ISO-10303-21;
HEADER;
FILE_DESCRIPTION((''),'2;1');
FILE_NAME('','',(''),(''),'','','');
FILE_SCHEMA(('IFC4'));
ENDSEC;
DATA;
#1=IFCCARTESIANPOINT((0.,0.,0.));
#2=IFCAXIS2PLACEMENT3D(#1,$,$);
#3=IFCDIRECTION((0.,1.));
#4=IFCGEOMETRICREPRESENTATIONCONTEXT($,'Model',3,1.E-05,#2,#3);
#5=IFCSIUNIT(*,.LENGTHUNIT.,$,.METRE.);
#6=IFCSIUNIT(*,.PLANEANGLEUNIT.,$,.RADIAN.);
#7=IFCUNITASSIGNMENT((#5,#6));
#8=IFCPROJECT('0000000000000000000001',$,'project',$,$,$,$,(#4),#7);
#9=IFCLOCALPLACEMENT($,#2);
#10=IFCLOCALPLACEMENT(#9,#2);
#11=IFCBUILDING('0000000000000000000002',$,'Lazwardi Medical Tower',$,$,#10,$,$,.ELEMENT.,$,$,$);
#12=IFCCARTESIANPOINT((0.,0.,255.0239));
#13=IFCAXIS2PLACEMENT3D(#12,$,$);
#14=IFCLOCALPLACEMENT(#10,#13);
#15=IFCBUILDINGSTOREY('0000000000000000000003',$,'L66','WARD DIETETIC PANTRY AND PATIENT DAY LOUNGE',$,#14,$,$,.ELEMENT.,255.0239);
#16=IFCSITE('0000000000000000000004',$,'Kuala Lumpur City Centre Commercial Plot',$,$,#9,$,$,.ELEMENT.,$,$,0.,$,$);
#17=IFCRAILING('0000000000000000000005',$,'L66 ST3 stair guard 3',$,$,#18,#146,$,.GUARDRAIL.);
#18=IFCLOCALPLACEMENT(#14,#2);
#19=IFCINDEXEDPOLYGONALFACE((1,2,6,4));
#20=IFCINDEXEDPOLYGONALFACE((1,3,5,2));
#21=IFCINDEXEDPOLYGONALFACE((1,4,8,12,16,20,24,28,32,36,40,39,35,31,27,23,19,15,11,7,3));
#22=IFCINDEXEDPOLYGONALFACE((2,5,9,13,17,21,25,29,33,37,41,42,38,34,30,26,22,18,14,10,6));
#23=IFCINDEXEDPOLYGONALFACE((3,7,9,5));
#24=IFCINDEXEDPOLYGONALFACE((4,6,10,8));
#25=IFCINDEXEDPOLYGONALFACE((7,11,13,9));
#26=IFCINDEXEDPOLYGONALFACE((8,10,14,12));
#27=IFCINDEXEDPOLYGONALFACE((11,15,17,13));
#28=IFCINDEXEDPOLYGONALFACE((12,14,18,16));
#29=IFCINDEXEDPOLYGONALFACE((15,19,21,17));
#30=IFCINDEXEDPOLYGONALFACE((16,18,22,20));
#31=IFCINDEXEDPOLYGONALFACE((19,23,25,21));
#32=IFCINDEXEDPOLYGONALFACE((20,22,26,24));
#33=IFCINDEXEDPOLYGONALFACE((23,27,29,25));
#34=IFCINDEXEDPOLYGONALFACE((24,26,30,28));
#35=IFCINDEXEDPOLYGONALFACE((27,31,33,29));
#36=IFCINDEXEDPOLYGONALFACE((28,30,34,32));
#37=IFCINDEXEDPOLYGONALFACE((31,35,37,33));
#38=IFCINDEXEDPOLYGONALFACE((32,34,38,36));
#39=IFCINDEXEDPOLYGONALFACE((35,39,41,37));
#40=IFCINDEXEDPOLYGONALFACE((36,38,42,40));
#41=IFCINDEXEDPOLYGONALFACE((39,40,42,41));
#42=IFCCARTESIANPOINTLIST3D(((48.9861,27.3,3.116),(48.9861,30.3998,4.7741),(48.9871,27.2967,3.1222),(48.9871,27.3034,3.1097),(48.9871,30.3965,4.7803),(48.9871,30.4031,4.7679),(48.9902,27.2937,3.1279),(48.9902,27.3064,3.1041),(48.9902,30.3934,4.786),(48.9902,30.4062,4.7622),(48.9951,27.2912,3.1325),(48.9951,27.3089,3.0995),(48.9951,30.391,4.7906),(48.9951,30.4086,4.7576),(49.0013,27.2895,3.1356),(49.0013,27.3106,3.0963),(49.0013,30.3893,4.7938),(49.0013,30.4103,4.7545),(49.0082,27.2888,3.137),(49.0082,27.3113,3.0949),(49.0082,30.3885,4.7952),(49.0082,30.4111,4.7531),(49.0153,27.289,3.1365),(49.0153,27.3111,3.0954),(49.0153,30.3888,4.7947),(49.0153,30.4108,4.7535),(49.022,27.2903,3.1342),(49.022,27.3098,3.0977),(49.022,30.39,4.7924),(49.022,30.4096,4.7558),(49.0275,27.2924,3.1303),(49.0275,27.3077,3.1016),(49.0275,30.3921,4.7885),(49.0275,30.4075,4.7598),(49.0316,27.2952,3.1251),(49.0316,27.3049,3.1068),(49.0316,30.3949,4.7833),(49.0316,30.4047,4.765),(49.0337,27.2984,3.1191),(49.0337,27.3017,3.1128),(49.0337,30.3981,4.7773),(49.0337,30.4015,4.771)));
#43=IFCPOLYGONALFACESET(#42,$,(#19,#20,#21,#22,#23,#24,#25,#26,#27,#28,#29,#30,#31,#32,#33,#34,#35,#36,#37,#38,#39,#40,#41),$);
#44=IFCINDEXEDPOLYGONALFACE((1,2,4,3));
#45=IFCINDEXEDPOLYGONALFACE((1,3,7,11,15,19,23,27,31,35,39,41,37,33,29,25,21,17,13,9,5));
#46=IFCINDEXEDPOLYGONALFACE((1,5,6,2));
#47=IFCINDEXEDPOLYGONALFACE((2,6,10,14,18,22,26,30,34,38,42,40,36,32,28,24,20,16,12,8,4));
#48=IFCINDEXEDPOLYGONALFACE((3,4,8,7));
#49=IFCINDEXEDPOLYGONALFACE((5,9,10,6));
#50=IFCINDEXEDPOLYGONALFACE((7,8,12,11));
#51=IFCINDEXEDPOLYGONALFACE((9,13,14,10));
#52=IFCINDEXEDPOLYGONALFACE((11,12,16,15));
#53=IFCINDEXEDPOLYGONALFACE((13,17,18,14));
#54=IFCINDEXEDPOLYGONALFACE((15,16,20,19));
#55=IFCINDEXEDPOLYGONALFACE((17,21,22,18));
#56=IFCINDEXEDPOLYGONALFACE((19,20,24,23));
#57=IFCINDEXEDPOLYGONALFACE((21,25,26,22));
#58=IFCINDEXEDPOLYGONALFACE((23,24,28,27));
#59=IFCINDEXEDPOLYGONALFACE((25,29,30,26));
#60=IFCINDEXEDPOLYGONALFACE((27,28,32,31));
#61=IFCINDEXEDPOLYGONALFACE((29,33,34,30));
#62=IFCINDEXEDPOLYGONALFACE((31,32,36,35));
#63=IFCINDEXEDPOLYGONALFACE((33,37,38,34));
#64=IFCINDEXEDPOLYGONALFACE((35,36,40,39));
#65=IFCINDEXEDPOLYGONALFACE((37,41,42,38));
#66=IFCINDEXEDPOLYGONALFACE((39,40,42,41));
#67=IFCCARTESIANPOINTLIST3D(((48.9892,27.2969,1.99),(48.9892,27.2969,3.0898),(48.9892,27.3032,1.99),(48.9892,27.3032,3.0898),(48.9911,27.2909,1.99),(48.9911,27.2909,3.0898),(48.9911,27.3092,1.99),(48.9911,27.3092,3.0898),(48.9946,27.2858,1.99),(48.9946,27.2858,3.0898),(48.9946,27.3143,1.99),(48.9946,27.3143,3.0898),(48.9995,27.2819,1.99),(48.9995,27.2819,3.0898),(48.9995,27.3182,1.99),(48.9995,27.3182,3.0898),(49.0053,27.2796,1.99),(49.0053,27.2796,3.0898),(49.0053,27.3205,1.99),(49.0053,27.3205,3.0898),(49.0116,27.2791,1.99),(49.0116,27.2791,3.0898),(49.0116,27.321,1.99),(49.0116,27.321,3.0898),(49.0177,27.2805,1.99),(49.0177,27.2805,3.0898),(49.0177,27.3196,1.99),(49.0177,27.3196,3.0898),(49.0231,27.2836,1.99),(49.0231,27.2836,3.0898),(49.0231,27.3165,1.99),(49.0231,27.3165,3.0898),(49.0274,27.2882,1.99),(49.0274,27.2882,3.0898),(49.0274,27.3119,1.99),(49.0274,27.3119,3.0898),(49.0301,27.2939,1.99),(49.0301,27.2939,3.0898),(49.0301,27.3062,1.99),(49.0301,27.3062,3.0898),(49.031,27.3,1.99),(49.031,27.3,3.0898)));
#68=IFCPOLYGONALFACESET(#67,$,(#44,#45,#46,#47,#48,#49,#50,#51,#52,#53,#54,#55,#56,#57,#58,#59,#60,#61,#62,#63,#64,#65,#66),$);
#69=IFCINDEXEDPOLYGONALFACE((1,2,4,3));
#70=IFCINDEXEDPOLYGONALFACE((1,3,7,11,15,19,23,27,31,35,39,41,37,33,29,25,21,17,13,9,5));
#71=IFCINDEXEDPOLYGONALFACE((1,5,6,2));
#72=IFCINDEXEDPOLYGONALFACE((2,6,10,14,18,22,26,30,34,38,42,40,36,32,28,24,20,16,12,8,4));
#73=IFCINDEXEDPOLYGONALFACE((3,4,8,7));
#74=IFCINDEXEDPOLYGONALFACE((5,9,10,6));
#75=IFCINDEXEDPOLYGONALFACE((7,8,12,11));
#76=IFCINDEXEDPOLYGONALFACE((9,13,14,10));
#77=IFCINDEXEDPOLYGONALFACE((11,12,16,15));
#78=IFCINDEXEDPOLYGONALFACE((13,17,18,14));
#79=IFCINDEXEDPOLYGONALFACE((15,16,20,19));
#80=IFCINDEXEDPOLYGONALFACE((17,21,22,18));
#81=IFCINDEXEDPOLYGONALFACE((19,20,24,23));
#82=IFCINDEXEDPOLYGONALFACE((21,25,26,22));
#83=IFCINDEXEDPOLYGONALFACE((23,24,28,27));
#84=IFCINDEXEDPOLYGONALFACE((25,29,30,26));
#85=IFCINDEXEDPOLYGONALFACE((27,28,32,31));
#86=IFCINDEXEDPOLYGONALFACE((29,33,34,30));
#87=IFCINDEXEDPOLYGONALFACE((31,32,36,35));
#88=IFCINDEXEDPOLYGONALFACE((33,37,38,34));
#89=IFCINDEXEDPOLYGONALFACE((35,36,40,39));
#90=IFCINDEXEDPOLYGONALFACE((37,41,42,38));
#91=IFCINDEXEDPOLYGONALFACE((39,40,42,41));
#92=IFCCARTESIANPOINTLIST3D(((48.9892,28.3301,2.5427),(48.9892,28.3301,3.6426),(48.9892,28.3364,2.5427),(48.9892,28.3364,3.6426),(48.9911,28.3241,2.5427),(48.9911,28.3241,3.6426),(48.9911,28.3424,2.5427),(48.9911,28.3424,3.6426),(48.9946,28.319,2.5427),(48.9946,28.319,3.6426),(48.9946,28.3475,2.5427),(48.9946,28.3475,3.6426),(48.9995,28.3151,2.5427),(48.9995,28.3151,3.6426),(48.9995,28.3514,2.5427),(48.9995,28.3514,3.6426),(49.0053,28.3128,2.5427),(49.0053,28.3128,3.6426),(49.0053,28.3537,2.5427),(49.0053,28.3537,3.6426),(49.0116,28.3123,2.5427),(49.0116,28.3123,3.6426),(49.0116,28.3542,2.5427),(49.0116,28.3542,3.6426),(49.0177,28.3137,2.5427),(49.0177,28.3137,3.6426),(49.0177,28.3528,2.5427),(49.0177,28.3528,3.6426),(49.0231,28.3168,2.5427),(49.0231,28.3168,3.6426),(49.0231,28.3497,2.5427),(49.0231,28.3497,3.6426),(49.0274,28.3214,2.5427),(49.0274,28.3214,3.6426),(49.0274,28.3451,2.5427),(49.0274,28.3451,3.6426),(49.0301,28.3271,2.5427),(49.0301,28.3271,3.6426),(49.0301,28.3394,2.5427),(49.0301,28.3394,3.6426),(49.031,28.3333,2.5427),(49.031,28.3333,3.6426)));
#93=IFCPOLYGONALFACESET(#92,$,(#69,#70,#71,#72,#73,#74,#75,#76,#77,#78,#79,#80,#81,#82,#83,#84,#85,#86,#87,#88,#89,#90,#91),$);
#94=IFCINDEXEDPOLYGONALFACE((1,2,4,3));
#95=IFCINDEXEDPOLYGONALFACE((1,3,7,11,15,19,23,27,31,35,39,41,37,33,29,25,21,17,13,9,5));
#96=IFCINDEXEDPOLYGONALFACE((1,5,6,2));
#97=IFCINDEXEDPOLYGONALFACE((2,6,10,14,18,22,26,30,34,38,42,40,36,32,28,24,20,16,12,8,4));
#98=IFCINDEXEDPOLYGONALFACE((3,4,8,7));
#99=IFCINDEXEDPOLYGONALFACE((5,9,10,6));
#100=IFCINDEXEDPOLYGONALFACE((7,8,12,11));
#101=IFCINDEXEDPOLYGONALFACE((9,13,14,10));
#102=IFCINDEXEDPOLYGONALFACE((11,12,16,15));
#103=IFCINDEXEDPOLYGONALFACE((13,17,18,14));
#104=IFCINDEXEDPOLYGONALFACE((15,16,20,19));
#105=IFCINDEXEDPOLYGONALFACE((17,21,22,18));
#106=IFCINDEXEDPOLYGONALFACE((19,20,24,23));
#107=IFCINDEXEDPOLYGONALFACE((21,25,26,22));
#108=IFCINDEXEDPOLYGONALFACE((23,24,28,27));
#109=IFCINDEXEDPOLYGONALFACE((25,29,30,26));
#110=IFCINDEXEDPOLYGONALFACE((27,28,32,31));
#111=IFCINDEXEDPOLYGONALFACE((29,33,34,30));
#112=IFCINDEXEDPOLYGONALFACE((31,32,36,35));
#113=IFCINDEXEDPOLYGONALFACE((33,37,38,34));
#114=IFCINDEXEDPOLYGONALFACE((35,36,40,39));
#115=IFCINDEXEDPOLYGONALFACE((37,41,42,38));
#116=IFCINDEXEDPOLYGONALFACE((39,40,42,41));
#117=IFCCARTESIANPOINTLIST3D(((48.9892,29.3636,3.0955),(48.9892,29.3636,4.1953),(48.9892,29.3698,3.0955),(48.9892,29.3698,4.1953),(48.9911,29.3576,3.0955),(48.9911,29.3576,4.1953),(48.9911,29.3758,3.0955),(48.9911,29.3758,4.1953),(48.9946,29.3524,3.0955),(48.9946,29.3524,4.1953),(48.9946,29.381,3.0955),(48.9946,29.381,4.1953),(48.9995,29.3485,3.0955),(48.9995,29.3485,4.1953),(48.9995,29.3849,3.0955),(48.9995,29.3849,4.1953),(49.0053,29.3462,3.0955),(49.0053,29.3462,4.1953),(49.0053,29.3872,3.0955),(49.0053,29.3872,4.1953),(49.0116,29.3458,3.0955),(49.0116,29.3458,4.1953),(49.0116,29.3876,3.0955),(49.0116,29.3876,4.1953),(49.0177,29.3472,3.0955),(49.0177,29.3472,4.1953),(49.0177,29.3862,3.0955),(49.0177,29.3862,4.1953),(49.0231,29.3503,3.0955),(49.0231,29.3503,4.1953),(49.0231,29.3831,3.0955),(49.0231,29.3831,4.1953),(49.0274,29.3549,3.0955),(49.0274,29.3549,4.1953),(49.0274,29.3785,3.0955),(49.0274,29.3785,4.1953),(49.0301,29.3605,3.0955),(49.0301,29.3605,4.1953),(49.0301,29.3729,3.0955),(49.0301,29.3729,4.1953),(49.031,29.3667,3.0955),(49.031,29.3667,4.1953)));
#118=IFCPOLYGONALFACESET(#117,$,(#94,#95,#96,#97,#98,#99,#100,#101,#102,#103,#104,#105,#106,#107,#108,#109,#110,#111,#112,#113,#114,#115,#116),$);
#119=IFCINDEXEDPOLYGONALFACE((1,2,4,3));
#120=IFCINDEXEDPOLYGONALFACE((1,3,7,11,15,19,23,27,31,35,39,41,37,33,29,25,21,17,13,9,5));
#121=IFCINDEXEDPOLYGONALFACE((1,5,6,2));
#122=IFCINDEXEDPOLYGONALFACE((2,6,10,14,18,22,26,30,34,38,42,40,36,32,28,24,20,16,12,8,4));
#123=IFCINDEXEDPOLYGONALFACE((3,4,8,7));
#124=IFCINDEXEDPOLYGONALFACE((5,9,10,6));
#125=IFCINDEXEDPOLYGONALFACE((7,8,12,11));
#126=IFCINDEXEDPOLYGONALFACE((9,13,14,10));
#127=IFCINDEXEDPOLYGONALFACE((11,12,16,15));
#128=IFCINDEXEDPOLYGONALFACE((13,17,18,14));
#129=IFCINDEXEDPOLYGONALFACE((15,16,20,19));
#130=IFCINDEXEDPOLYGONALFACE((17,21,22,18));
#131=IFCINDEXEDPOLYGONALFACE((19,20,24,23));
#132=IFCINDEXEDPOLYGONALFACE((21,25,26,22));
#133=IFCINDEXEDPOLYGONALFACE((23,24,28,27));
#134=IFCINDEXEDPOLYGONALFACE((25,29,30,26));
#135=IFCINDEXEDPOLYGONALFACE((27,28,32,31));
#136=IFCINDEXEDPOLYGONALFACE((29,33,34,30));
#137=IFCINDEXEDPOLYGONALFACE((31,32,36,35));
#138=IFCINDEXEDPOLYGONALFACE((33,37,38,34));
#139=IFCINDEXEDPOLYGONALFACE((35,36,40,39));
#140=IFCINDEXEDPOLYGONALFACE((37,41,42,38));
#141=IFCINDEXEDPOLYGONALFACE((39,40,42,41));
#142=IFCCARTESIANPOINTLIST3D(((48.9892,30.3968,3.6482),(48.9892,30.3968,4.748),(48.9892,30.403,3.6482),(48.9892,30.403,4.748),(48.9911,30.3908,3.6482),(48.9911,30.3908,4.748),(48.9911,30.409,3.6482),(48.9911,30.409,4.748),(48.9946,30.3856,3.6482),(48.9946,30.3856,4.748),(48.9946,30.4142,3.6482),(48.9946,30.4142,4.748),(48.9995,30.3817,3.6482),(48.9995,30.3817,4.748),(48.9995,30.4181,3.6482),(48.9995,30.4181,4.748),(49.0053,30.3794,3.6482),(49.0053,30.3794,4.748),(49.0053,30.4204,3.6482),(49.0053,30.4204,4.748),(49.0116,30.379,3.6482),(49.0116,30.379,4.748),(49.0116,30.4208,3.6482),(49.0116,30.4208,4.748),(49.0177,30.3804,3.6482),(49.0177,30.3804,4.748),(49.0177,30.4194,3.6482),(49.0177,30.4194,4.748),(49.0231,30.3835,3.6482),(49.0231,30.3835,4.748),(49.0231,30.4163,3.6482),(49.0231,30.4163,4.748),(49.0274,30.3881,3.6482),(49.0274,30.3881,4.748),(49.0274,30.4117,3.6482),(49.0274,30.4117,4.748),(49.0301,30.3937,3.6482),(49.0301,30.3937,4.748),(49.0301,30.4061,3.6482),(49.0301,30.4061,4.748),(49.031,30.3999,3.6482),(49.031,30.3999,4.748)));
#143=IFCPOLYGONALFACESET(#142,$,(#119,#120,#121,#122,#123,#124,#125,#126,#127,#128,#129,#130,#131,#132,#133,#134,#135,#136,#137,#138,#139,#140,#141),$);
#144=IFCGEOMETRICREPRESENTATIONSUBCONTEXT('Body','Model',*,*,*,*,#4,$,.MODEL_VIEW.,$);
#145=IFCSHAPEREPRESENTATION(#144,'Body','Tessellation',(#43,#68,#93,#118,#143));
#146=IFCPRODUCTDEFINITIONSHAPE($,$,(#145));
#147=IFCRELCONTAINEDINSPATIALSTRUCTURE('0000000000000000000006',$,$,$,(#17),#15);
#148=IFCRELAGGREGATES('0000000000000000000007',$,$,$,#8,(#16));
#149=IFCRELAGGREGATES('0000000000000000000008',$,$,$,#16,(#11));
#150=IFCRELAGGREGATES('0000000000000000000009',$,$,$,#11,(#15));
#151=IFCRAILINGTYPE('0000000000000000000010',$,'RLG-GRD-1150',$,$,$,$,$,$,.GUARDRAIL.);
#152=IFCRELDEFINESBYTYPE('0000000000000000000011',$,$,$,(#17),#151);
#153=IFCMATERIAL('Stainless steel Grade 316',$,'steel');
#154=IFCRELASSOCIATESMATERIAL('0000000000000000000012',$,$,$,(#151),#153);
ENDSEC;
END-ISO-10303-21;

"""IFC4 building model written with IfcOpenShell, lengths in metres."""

from ifc_helpers import new_model, si_unit, direction, frame, origin, origin_2d, place, context, subcontext, project, spatial, circle, extrude, material, type_object, element, save


model = new_model("IFC4")

# Units and contexts
model_context = context("Model", 3, precision=1e-05, world=origin(), true_north=direction((0.0, 1.0)))
body_context = subcontext(model_context, "Body", "Model", "MODEL_VIEW")
ifc_project = project(units=[si_unit("LENGTHUNIT", "METRE"), si_unit("PLANEANGLEUNIT", "RADIAN")], contexts=[model_context])

# Site, building, storey
site_placement = place(None, origin())
site = spatial("IfcSite", under=ifc_project, at=site_placement, Name="Kuala Lumpur City Centre Commercial Plot", CompositionType="ELEMENT", RefElevation=0.0)
building_placement = place(site_placement, origin())
building = spatial("IfcBuilding", under=site, at=building_placement, Name="Lazwardi Medical Tower", CompositionType="ELEMENT")
storey_placement = place(building_placement, frame((0.0, 0.0, 255.0239)))
storey = spatial("IfcBuildingStorey", under=building, at=storey_placement, Name="L66", Description="WARD DIETETIC PANTRY AND PATIENT DAY LOUNGE", CompositionType="ELEMENT", Elevation=255.0239)

# Railing
ifc_material_1 = material(Name="Stainless steel Grade 316", Category="steel")
railing_type_1 = type_object("IfcRailingType", Name="RLG-GRD-1150", PredefinedType="GUARDRAIL", material=ifc_material_1)
railing_1_placement = place(storey_placement, frame((49.01, 27.3, 1.99)))
element("IfcRailing", 1, at=railing_1_placement, inside=storey, type_object=railing_type_1, Name="L66 ST3 stair guard 3", PredefinedType="GUARDRAIL", context=body_context, shape_type="SweptSolid", body=[
    extrude(circle(Radius=0.0239, at=origin_2d()), frame((0.0, 0.0, 1.126), z_axis=(0.0, 0.881768, 0.471684), x_axis=(-1.0, 0.0, 0.0)), (0.0, 0.0, 1.0), 3.5154),
    extrude(circle(Radius=0.021, at=origin_2d()), origin(), (0.0, 0.0, 1.0), 1.0999),
    extrude(circle(Radius=0.021, at=origin_2d()), frame((0.0, 1.0332, 0.5527)), (0.0, 0.0, 1.0), 1.0999),
    extrude(circle(Radius=0.021, at=origin_2d()), frame((0.0, 2.0667, 1.1055)), (0.0, 0.0, 1.0), 1.0999),
    extrude(circle(Radius=0.021, at=origin_2d()), frame((0.0, 3.0999, 1.6582)), (0.0, 0.0, 1.0), 1.0999),
])

save(model, "model.ifc")
